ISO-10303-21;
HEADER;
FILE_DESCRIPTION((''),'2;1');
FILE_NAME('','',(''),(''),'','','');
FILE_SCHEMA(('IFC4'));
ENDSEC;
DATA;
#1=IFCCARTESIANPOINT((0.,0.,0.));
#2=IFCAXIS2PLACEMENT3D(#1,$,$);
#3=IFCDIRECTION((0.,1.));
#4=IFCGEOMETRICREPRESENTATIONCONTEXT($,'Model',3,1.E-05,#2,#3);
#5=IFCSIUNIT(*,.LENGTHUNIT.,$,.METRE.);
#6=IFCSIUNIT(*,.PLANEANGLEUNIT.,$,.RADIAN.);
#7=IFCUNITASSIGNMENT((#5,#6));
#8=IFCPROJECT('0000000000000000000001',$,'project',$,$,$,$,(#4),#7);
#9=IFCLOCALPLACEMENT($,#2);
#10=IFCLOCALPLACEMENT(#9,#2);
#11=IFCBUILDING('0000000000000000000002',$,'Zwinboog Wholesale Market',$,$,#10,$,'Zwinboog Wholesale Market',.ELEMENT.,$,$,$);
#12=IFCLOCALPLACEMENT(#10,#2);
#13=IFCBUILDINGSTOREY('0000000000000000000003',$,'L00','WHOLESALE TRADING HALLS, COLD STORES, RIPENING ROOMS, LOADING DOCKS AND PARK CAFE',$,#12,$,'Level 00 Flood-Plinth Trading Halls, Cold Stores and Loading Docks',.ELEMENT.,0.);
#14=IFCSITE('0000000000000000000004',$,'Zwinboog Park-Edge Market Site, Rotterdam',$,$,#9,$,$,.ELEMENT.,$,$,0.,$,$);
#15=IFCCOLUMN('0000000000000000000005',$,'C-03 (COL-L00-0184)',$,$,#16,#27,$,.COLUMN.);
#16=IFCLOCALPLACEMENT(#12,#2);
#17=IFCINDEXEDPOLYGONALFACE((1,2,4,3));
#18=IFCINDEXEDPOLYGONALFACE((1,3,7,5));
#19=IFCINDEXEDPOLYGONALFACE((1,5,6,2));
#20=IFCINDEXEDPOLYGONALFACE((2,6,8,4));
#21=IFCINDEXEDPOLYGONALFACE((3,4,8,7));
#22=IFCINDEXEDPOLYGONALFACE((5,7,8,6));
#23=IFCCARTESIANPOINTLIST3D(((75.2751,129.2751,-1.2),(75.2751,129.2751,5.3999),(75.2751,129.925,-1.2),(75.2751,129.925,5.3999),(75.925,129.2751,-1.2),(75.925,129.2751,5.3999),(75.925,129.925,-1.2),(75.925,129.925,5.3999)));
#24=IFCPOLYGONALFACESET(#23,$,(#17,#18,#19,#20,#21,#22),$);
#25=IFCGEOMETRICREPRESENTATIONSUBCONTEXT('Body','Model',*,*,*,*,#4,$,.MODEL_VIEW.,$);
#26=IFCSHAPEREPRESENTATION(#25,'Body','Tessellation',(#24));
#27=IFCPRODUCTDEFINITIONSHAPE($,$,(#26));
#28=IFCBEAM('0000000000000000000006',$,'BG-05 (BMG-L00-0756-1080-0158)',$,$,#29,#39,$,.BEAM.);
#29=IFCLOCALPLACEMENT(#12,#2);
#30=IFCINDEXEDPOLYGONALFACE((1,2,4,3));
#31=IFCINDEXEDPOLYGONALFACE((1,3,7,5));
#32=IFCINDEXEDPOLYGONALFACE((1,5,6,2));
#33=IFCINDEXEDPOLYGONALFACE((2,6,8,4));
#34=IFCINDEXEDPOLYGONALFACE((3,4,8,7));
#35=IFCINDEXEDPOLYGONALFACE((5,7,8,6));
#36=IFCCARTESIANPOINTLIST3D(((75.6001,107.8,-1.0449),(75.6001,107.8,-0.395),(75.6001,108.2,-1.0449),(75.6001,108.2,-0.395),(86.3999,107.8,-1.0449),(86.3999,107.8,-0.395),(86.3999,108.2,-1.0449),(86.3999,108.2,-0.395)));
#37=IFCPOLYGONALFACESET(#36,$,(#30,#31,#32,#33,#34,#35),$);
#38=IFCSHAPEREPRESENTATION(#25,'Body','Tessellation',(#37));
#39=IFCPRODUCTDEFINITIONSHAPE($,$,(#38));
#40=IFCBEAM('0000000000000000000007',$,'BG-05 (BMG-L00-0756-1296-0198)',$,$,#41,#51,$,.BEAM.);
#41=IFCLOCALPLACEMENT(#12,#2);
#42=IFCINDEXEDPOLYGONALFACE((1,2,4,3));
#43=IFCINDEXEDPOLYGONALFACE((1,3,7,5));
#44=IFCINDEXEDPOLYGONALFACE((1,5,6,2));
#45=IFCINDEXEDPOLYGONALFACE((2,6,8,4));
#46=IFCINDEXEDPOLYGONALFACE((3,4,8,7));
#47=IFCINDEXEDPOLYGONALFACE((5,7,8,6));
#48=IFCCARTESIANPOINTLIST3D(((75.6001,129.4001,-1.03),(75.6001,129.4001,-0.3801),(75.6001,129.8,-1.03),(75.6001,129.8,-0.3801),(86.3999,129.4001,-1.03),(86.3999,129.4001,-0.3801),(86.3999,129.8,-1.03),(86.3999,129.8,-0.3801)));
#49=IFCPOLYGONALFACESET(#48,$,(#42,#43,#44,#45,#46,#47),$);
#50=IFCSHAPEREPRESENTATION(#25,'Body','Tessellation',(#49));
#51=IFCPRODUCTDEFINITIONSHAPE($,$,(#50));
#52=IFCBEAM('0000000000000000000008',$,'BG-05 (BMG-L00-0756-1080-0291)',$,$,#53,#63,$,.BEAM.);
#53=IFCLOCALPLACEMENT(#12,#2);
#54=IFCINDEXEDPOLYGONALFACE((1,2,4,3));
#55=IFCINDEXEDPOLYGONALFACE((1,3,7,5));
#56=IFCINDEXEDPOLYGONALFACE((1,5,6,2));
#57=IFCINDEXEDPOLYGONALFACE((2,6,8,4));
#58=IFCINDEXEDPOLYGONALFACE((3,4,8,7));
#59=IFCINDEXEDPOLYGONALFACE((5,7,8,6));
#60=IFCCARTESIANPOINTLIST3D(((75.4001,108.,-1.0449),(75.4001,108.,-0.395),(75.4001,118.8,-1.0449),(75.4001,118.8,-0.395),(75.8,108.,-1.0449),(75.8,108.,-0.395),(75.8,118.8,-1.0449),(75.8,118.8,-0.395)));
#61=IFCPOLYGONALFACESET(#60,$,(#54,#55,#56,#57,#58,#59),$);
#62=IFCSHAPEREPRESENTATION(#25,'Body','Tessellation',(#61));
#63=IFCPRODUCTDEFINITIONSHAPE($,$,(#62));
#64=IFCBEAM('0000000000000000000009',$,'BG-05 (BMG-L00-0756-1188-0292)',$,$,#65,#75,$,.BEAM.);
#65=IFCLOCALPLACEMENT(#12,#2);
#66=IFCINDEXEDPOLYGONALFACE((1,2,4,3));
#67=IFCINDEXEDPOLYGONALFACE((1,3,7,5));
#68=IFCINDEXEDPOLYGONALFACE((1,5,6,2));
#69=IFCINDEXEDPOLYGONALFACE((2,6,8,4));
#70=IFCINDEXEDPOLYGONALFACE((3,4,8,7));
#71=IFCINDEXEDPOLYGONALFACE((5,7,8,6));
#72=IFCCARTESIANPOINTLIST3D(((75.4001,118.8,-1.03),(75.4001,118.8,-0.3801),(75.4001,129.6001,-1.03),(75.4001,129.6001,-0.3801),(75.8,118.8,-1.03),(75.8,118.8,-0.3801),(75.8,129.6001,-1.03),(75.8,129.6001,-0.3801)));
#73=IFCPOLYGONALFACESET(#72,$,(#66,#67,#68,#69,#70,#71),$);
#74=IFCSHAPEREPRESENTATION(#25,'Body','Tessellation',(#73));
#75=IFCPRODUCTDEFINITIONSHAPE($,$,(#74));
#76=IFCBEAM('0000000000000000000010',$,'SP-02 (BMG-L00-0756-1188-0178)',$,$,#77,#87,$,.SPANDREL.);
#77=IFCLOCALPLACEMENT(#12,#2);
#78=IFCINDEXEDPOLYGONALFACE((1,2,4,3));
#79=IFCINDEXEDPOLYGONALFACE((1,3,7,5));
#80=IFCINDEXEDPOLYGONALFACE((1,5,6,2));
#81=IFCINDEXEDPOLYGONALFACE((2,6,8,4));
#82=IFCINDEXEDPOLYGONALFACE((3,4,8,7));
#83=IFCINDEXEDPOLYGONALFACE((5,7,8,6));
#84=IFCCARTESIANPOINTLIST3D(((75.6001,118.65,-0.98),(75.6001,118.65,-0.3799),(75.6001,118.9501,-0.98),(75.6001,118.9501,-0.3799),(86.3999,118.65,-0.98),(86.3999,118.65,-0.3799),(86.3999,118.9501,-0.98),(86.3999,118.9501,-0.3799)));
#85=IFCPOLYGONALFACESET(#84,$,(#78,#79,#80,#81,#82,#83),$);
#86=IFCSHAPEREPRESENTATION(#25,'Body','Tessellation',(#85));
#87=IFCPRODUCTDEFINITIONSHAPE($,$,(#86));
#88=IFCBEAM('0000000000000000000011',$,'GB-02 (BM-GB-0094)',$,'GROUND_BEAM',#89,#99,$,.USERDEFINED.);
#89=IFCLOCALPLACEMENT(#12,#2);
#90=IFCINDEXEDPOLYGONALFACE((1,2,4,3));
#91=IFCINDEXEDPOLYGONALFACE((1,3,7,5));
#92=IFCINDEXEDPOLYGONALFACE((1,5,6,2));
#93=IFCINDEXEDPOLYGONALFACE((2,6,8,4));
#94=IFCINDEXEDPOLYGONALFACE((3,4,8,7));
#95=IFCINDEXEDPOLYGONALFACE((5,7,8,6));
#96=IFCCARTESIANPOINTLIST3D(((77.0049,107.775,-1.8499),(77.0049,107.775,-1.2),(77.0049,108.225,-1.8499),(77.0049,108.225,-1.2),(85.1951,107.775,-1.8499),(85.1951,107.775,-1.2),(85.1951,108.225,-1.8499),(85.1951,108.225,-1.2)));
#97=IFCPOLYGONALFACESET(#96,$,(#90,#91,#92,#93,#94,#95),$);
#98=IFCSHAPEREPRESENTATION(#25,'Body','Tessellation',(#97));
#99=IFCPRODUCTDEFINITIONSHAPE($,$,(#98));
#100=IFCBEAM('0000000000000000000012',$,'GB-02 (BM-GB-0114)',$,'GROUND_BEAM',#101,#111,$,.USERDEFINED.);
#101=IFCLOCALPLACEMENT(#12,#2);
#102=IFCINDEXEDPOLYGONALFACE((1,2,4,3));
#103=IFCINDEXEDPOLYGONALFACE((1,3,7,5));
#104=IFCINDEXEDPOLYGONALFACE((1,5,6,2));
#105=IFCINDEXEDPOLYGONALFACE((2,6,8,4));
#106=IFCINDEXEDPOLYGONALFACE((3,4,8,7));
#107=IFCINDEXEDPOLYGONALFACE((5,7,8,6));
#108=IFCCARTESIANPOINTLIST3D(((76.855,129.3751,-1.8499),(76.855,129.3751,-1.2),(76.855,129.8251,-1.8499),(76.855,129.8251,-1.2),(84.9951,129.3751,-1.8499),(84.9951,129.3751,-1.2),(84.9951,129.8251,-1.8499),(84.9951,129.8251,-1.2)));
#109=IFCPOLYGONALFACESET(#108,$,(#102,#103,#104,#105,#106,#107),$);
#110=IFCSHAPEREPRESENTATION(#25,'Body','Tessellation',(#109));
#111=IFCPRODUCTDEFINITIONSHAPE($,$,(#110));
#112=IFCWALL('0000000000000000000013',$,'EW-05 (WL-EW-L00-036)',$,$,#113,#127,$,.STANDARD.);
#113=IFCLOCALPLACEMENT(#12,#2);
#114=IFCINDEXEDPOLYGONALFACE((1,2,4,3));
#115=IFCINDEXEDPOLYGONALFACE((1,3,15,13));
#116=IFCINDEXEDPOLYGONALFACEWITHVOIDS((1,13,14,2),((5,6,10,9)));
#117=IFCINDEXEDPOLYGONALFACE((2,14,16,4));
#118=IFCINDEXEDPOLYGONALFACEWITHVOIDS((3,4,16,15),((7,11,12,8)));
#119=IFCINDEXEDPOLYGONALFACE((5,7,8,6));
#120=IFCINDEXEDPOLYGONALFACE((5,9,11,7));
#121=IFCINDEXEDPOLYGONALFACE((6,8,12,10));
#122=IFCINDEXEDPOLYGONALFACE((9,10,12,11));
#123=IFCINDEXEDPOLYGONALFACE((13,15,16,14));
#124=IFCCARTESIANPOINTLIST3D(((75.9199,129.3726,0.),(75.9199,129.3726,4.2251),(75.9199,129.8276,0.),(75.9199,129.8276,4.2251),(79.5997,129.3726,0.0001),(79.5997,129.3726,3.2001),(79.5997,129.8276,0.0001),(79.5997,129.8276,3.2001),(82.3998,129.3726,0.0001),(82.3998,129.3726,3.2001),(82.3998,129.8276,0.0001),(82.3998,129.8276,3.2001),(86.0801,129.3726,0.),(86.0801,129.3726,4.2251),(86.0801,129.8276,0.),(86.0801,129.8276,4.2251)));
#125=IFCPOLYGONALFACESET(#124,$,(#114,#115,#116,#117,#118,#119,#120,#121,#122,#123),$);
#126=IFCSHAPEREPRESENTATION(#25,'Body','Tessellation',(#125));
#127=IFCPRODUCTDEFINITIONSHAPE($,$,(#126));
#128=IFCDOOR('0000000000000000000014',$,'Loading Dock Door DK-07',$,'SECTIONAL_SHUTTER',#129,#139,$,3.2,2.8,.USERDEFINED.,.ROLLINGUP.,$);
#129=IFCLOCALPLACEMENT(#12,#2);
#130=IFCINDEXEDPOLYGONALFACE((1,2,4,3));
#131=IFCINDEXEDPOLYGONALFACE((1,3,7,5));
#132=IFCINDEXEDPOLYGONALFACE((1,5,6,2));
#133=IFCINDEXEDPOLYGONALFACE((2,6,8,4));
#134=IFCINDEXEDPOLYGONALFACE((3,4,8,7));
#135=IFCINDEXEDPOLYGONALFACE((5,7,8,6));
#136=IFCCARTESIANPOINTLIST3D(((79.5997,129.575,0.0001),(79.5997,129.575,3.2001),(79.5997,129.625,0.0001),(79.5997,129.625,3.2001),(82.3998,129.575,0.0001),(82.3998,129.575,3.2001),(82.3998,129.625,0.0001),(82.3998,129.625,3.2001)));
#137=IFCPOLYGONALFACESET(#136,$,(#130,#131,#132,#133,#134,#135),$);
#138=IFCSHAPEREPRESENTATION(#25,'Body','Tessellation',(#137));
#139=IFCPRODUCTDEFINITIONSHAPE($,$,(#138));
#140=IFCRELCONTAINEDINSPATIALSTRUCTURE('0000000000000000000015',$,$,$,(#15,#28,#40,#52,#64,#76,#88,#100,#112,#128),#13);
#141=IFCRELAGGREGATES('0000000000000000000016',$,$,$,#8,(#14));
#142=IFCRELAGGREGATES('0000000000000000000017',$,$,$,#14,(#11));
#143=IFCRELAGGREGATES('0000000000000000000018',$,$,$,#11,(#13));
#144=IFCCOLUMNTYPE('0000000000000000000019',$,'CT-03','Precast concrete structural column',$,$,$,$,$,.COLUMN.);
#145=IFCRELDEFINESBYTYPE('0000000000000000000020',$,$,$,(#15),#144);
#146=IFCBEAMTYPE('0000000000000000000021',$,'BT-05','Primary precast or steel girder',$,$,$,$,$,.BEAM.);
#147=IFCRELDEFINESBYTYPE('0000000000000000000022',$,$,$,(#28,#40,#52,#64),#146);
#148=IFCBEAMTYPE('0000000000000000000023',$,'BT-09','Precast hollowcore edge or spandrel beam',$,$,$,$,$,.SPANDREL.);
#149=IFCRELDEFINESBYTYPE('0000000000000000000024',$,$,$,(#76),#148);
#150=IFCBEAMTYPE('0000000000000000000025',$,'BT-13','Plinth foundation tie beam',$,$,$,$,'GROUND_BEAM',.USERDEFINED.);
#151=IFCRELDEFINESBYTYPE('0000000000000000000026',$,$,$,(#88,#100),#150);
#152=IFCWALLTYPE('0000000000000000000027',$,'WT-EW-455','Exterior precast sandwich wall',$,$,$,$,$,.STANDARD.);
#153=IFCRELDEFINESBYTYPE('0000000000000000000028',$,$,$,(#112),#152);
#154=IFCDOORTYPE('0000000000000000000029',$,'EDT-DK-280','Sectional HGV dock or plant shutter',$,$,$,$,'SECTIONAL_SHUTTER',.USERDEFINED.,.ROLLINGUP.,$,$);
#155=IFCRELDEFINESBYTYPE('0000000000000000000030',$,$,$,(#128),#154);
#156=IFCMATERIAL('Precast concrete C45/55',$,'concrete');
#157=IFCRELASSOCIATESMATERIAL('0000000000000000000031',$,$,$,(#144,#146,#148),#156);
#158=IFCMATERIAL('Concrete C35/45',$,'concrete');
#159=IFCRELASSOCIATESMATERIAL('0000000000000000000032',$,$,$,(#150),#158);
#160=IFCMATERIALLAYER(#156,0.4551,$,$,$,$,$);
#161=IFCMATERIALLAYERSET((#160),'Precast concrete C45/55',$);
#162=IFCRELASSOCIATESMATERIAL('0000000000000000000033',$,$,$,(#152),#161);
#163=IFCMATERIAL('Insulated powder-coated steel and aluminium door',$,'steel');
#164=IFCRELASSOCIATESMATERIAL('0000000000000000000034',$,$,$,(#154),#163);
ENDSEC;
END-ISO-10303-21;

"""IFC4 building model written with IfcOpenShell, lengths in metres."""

from ifc_helpers import new_model, si_unit, direction, frame, frame_2d, origin, origin_2d, place, context, subcontext, project, spatial, rectangle, extrude, material, layer, layer_set, material_profile, profile_set, type_object, element, fill, save


model = new_model("IFC4")

# Units and contexts
model_context = context("Model", 3, precision=1e-05, world=origin(), true_north=direction((0.0, 1.0)))
body_context = subcontext(model_context, "Body", "Model", "MODEL_VIEW")
ifc_project = project(units=[si_unit("LENGTHUNIT", "METRE"), si_unit("PLANEANGLEUNIT", "RADIAN")], contexts=[model_context])

# Site, building, storey
site_placement = place(None, origin())
site = spatial("IfcSite", under=ifc_project, at=site_placement, Name="Zwinboog Park-Edge Market Site, Rotterdam", CompositionType="ELEMENT", RefElevation=0.0)
building_placement = place(site_placement, origin())
building = spatial("IfcBuilding", under=site, at=building_placement, Name="Zwinboog Wholesale Market", LongName="Zwinboog Wholesale Market", CompositionType="ELEMENT")
storey_placement = place(building_placement, origin())
storey = spatial("IfcBuildingStorey", under=building, at=storey_placement, Name="L00", Description="WHOLESALE TRADING HALLS, COLD STORES, RIPENING ROOMS, LOADING DOCKS AND PARK CAFE", LongName="Level 00 Flood-Plinth Trading Halls, Cold Stores and Loading Docks", CompositionType="ELEMENT", Elevation=0.0)

# Shared definitions
ifc_material_1 = material(Name="Concrete C35/45", Category="concrete")

# Column
ifc_material_2 = material(Name="Precast concrete C45/55", Category="concrete")
ifc_material_profile_1 = material_profile(ifc_material_2, rectangle(XDim=0.6499, YDim=0.6499, at=origin_2d()), Name="PC 650x650")
ifc_profile_set_1 = profile_set([ifc_material_profile_1], Name="Precast concrete C45/55")
column_type = type_object("IfcColumnType", Name="CT-03", Description="Precast concrete structural column", PredefinedType="COLUMN", material=ifc_profile_set_1)
for number, where, z_axis, x_axis, name in (
    (1, (75.6001, 129.6001, -1.2), (0.0, 0.0, 1.0), (1.0, 0.0, 0.0), "C-03 (COL-L00-0184)"),
):
    element("IfcColumn", number, at=place(storey_placement, frame(where, z_axis=z_axis, x_axis=x_axis)), inside=storey, type_object=column_type, Name=name, PredefinedType="COLUMN", context=body_context, shape_type="SweptSolid", body=[
        extrude(rectangle(XDim=0.6499, YDim=0.6499, at=origin_2d()), origin(), (0.0, 0.0, 1.0), 6.5999),
    ])

# Beams
ifc_material_profile_2 = material_profile(ifc_material_2, rectangle(XDim=0.3999, YDim=0.6499, at=origin_2d()), Name="PC 400x650")
ifc_profile_set_2 = profile_set([ifc_material_profile_2], Name="Precast concrete C45/55")
beam_type_1 = type_object("IfcBeamType", Name="BT-05", Description="Primary precast or steel girder", PredefinedType="BEAM", material=ifc_profile_set_2)
for number, where, z_axis, x_axis, name in (
    (2, (75.6001, 108.0, -0.72), (1.0, 0.0, 0.0), (0.0, 1.0, 0.0), "BG-05 (BMG-L00-0756-1080-0158)"),
    (3, (75.6001, 129.6001, -0.7051), (1.0, 0.0, 0.0), (0.0, 1.0, 0.0), "BG-05 (BMG-L00-0756-1296-0198)"),
):
    element("IfcBeam", number, at=place(storey_placement, frame(where, z_axis=z_axis, x_axis=x_axis)), inside=storey, type_object=beam_type_1, Name=name, PredefinedType="BEAM", context=body_context, shape_type="SweptSolid", body=[
        extrude(rectangle(XDim=0.3999, YDim=0.6499, at=origin_2d()), origin(), (0.0, 0.0, 1.0), 10.7998),
    ])
for number, where, z_axis, x_axis, name in (
    (4, (75.6001, 108.0, -0.72), (0.0, 1.0, 0.0), (-1.0, 0.0, 0.0), "BG-05 (BMG-L00-0756-1080-0291)"),
    (5, (75.6001, 118.8, -0.7051), (0.0, 1.0, 0.0), (-1.0, 0.0, 0.0), "BG-05 (BMG-L00-0756-1188-0292)"),
):
    element("IfcBeam", number, at=place(storey_placement, frame(where, z_axis=z_axis, x_axis=x_axis)), inside=storey, type_object=beam_type_1, Name=name, PredefinedType="BEAM", context=body_context, shape_type="SweptSolid", body=[
        extrude(rectangle(XDim=0.3999, YDim=0.6499, at=origin_2d()), origin(), (0.0, 0.0, 1.0), 10.8),
    ])
ifc_material_profile_3 = material_profile(ifc_material_2, rectangle(XDim=0.3, YDim=0.6001, at=origin_2d()), Name="PC 300x600")
ifc_profile_set_3 = profile_set([ifc_material_profile_3], Name="Precast concrete C45/55")
beam_type_2 = type_object("IfcBeamType", Name="BT-09", Description="Precast hollowcore edge or spandrel beam", PredefinedType="SPANDREL", material=ifc_profile_set_3)
beam_1_placement = place(storey_placement, frame((75.6001, 118.8, -0.6799), z_axis=(1.0, 0.0, 0.0), x_axis=(0.0, 1.0, 0.0)))
element("IfcBeam", 6, at=beam_1_placement, inside=storey, type_object=beam_type_2, Name="SP-02 (BMG-L00-0756-1188-0178)", PredefinedType="SPANDREL", context=body_context, shape_type="SweptSolid", body=[
    extrude(rectangle(XDim=0.3, YDim=0.6001, at=origin_2d()), origin(), (0.0, 0.0, 1.0), 10.7998),
])
ifc_material_profile_4 = material_profile(ifc_material_1, rectangle(XDim=0.45, YDim=0.6499, at=origin_2d()), Name="RC 450x650")
ifc_profile_set_4 = profile_set([ifc_material_profile_4], Name="Concrete C35/45")
beam_type_3 = type_object("IfcBeamType", Name="BT-13", Description="Plinth foundation tie beam", ElementType="GROUND_BEAM", PredefinedType="USERDEFINED", material=ifc_profile_set_4)
beam_2_placement = place(storey_placement, frame((77.0049, 108.0, -1.5249), z_axis=(1.0, 0.0, 0.0), x_axis=(0.0, 1.0, 0.0)))
element("IfcBeam", 7, at=beam_2_placement, inside=storey, type_object=beam_type_3, Name="GB-02 (BM-GB-0094)", ObjectType="GROUND_BEAM", PredefinedType="USERDEFINED", context=body_context, shape_type="SweptSolid", body=[
    extrude(rectangle(XDim=0.45, YDim=0.6499, at=origin_2d()), origin(), (0.0, 0.0, 1.0), 8.1902),
])
beam_3_placement = place(storey_placement, frame((76.855, 129.6001, -1.5249), z_axis=(1.0, 0.0, 0.0), x_axis=(0.0, 1.0, 0.0)))
element("IfcBeam", 8, at=beam_3_placement, inside=storey, type_object=beam_type_3, Name="GB-02 (BM-GB-0114)", ObjectType="GROUND_BEAM", PredefinedType="USERDEFINED", context=body_context, shape_type="SweptSolid", body=[
    extrude(rectangle(XDim=0.45, YDim=0.6499, at=origin_2d()), origin(), (0.0, 0.0, 1.0), 8.1401),
])

# Wall, opening, door
ifc_layer = layer(ifc_material_2, 0.4551)
ifc_layer_set = layer_set([ifc_layer], Name="Precast concrete C45/55")
wall_type = type_object("IfcWallType", Name="WT-EW-455", Description="Exterior precast sandwich wall", PredefinedType="STANDARD", material=ifc_layer_set)
wall_placement = place(storey_placement, frame((75.9199, 129.6001, 0.0), z_axis=(0.0, 0.0, 1.0), x_axis=(1.0, 0.0, 0.0)))
wall = element("IfcWall", 9, at=wall_placement, inside=storey, type_object=wall_type, Name="EW-05 (WL-EW-L00-036)", PredefinedType="STANDARD", context=body_context, shape_type="SweptSolid", body=[
    extrude(rectangle(XDim=10.1602, YDim=0.4551, at=frame_2d((5.0801, 0.0))), origin(), (0.0, 0.0, 1.0), 4.2251),
])
opening_placement = place(wall_placement, frame((3.6799, 0.0, 0.0)))
opening = element("IfcOpeningElement", 10, at=opening_placement, cuts=wall, PredefinedType="OPENING", context=body_context, shape_type="SweptSolid", body=[
    extrude(rectangle(XDim=2.8, YDim=3.2, at=frame_2d((1.3999, 1.6001))), frame((0.0, 0.2375, 0.0), z_axis=(0.0, -1.0, 0.0), x_axis=(1.0, 0.0, 0.0)), (0.0, 0.0, 1.0), 0.4751),
])
ifc_material_3 = material(Name="Insulated powder-coated steel and aluminium door", Category="steel")
door_type = type_object("IfcDoorType", Name="EDT-DK-280", Description="Sectional HGV dock or plant shutter", ElementType="SECTIONAL_SHUTTER", OperationType="ROLLINGUP", PredefinedType="USERDEFINED", material=ifc_material_3)
door_placement = place(opening_placement, origin())
door = element("IfcDoor", 11, at=door_placement, inside=storey, type_object=door_type, Name="Loading Dock Door DK-07", ObjectType="SECTIONAL_SHUTTER", OperationType="ROLLINGUP", OverallHeight=3.2, OverallWidth=2.8, PredefinedType="USERDEFINED", context=body_context, shape_type="SweptSolid", body=[
    extrude(rectangle(XDim=2.8, YDim=3.2, at=frame_2d((1.3999, 1.6001))), frame((0.0, 0.0249, 0.0), z_axis=(0.0, -1.0, 0.0), x_axis=(1.0, 0.0, 0.0)), (0.0, 0.0, 1.0), 0.05),
])
fill(opening, door)

save(model, "model.ifc")
